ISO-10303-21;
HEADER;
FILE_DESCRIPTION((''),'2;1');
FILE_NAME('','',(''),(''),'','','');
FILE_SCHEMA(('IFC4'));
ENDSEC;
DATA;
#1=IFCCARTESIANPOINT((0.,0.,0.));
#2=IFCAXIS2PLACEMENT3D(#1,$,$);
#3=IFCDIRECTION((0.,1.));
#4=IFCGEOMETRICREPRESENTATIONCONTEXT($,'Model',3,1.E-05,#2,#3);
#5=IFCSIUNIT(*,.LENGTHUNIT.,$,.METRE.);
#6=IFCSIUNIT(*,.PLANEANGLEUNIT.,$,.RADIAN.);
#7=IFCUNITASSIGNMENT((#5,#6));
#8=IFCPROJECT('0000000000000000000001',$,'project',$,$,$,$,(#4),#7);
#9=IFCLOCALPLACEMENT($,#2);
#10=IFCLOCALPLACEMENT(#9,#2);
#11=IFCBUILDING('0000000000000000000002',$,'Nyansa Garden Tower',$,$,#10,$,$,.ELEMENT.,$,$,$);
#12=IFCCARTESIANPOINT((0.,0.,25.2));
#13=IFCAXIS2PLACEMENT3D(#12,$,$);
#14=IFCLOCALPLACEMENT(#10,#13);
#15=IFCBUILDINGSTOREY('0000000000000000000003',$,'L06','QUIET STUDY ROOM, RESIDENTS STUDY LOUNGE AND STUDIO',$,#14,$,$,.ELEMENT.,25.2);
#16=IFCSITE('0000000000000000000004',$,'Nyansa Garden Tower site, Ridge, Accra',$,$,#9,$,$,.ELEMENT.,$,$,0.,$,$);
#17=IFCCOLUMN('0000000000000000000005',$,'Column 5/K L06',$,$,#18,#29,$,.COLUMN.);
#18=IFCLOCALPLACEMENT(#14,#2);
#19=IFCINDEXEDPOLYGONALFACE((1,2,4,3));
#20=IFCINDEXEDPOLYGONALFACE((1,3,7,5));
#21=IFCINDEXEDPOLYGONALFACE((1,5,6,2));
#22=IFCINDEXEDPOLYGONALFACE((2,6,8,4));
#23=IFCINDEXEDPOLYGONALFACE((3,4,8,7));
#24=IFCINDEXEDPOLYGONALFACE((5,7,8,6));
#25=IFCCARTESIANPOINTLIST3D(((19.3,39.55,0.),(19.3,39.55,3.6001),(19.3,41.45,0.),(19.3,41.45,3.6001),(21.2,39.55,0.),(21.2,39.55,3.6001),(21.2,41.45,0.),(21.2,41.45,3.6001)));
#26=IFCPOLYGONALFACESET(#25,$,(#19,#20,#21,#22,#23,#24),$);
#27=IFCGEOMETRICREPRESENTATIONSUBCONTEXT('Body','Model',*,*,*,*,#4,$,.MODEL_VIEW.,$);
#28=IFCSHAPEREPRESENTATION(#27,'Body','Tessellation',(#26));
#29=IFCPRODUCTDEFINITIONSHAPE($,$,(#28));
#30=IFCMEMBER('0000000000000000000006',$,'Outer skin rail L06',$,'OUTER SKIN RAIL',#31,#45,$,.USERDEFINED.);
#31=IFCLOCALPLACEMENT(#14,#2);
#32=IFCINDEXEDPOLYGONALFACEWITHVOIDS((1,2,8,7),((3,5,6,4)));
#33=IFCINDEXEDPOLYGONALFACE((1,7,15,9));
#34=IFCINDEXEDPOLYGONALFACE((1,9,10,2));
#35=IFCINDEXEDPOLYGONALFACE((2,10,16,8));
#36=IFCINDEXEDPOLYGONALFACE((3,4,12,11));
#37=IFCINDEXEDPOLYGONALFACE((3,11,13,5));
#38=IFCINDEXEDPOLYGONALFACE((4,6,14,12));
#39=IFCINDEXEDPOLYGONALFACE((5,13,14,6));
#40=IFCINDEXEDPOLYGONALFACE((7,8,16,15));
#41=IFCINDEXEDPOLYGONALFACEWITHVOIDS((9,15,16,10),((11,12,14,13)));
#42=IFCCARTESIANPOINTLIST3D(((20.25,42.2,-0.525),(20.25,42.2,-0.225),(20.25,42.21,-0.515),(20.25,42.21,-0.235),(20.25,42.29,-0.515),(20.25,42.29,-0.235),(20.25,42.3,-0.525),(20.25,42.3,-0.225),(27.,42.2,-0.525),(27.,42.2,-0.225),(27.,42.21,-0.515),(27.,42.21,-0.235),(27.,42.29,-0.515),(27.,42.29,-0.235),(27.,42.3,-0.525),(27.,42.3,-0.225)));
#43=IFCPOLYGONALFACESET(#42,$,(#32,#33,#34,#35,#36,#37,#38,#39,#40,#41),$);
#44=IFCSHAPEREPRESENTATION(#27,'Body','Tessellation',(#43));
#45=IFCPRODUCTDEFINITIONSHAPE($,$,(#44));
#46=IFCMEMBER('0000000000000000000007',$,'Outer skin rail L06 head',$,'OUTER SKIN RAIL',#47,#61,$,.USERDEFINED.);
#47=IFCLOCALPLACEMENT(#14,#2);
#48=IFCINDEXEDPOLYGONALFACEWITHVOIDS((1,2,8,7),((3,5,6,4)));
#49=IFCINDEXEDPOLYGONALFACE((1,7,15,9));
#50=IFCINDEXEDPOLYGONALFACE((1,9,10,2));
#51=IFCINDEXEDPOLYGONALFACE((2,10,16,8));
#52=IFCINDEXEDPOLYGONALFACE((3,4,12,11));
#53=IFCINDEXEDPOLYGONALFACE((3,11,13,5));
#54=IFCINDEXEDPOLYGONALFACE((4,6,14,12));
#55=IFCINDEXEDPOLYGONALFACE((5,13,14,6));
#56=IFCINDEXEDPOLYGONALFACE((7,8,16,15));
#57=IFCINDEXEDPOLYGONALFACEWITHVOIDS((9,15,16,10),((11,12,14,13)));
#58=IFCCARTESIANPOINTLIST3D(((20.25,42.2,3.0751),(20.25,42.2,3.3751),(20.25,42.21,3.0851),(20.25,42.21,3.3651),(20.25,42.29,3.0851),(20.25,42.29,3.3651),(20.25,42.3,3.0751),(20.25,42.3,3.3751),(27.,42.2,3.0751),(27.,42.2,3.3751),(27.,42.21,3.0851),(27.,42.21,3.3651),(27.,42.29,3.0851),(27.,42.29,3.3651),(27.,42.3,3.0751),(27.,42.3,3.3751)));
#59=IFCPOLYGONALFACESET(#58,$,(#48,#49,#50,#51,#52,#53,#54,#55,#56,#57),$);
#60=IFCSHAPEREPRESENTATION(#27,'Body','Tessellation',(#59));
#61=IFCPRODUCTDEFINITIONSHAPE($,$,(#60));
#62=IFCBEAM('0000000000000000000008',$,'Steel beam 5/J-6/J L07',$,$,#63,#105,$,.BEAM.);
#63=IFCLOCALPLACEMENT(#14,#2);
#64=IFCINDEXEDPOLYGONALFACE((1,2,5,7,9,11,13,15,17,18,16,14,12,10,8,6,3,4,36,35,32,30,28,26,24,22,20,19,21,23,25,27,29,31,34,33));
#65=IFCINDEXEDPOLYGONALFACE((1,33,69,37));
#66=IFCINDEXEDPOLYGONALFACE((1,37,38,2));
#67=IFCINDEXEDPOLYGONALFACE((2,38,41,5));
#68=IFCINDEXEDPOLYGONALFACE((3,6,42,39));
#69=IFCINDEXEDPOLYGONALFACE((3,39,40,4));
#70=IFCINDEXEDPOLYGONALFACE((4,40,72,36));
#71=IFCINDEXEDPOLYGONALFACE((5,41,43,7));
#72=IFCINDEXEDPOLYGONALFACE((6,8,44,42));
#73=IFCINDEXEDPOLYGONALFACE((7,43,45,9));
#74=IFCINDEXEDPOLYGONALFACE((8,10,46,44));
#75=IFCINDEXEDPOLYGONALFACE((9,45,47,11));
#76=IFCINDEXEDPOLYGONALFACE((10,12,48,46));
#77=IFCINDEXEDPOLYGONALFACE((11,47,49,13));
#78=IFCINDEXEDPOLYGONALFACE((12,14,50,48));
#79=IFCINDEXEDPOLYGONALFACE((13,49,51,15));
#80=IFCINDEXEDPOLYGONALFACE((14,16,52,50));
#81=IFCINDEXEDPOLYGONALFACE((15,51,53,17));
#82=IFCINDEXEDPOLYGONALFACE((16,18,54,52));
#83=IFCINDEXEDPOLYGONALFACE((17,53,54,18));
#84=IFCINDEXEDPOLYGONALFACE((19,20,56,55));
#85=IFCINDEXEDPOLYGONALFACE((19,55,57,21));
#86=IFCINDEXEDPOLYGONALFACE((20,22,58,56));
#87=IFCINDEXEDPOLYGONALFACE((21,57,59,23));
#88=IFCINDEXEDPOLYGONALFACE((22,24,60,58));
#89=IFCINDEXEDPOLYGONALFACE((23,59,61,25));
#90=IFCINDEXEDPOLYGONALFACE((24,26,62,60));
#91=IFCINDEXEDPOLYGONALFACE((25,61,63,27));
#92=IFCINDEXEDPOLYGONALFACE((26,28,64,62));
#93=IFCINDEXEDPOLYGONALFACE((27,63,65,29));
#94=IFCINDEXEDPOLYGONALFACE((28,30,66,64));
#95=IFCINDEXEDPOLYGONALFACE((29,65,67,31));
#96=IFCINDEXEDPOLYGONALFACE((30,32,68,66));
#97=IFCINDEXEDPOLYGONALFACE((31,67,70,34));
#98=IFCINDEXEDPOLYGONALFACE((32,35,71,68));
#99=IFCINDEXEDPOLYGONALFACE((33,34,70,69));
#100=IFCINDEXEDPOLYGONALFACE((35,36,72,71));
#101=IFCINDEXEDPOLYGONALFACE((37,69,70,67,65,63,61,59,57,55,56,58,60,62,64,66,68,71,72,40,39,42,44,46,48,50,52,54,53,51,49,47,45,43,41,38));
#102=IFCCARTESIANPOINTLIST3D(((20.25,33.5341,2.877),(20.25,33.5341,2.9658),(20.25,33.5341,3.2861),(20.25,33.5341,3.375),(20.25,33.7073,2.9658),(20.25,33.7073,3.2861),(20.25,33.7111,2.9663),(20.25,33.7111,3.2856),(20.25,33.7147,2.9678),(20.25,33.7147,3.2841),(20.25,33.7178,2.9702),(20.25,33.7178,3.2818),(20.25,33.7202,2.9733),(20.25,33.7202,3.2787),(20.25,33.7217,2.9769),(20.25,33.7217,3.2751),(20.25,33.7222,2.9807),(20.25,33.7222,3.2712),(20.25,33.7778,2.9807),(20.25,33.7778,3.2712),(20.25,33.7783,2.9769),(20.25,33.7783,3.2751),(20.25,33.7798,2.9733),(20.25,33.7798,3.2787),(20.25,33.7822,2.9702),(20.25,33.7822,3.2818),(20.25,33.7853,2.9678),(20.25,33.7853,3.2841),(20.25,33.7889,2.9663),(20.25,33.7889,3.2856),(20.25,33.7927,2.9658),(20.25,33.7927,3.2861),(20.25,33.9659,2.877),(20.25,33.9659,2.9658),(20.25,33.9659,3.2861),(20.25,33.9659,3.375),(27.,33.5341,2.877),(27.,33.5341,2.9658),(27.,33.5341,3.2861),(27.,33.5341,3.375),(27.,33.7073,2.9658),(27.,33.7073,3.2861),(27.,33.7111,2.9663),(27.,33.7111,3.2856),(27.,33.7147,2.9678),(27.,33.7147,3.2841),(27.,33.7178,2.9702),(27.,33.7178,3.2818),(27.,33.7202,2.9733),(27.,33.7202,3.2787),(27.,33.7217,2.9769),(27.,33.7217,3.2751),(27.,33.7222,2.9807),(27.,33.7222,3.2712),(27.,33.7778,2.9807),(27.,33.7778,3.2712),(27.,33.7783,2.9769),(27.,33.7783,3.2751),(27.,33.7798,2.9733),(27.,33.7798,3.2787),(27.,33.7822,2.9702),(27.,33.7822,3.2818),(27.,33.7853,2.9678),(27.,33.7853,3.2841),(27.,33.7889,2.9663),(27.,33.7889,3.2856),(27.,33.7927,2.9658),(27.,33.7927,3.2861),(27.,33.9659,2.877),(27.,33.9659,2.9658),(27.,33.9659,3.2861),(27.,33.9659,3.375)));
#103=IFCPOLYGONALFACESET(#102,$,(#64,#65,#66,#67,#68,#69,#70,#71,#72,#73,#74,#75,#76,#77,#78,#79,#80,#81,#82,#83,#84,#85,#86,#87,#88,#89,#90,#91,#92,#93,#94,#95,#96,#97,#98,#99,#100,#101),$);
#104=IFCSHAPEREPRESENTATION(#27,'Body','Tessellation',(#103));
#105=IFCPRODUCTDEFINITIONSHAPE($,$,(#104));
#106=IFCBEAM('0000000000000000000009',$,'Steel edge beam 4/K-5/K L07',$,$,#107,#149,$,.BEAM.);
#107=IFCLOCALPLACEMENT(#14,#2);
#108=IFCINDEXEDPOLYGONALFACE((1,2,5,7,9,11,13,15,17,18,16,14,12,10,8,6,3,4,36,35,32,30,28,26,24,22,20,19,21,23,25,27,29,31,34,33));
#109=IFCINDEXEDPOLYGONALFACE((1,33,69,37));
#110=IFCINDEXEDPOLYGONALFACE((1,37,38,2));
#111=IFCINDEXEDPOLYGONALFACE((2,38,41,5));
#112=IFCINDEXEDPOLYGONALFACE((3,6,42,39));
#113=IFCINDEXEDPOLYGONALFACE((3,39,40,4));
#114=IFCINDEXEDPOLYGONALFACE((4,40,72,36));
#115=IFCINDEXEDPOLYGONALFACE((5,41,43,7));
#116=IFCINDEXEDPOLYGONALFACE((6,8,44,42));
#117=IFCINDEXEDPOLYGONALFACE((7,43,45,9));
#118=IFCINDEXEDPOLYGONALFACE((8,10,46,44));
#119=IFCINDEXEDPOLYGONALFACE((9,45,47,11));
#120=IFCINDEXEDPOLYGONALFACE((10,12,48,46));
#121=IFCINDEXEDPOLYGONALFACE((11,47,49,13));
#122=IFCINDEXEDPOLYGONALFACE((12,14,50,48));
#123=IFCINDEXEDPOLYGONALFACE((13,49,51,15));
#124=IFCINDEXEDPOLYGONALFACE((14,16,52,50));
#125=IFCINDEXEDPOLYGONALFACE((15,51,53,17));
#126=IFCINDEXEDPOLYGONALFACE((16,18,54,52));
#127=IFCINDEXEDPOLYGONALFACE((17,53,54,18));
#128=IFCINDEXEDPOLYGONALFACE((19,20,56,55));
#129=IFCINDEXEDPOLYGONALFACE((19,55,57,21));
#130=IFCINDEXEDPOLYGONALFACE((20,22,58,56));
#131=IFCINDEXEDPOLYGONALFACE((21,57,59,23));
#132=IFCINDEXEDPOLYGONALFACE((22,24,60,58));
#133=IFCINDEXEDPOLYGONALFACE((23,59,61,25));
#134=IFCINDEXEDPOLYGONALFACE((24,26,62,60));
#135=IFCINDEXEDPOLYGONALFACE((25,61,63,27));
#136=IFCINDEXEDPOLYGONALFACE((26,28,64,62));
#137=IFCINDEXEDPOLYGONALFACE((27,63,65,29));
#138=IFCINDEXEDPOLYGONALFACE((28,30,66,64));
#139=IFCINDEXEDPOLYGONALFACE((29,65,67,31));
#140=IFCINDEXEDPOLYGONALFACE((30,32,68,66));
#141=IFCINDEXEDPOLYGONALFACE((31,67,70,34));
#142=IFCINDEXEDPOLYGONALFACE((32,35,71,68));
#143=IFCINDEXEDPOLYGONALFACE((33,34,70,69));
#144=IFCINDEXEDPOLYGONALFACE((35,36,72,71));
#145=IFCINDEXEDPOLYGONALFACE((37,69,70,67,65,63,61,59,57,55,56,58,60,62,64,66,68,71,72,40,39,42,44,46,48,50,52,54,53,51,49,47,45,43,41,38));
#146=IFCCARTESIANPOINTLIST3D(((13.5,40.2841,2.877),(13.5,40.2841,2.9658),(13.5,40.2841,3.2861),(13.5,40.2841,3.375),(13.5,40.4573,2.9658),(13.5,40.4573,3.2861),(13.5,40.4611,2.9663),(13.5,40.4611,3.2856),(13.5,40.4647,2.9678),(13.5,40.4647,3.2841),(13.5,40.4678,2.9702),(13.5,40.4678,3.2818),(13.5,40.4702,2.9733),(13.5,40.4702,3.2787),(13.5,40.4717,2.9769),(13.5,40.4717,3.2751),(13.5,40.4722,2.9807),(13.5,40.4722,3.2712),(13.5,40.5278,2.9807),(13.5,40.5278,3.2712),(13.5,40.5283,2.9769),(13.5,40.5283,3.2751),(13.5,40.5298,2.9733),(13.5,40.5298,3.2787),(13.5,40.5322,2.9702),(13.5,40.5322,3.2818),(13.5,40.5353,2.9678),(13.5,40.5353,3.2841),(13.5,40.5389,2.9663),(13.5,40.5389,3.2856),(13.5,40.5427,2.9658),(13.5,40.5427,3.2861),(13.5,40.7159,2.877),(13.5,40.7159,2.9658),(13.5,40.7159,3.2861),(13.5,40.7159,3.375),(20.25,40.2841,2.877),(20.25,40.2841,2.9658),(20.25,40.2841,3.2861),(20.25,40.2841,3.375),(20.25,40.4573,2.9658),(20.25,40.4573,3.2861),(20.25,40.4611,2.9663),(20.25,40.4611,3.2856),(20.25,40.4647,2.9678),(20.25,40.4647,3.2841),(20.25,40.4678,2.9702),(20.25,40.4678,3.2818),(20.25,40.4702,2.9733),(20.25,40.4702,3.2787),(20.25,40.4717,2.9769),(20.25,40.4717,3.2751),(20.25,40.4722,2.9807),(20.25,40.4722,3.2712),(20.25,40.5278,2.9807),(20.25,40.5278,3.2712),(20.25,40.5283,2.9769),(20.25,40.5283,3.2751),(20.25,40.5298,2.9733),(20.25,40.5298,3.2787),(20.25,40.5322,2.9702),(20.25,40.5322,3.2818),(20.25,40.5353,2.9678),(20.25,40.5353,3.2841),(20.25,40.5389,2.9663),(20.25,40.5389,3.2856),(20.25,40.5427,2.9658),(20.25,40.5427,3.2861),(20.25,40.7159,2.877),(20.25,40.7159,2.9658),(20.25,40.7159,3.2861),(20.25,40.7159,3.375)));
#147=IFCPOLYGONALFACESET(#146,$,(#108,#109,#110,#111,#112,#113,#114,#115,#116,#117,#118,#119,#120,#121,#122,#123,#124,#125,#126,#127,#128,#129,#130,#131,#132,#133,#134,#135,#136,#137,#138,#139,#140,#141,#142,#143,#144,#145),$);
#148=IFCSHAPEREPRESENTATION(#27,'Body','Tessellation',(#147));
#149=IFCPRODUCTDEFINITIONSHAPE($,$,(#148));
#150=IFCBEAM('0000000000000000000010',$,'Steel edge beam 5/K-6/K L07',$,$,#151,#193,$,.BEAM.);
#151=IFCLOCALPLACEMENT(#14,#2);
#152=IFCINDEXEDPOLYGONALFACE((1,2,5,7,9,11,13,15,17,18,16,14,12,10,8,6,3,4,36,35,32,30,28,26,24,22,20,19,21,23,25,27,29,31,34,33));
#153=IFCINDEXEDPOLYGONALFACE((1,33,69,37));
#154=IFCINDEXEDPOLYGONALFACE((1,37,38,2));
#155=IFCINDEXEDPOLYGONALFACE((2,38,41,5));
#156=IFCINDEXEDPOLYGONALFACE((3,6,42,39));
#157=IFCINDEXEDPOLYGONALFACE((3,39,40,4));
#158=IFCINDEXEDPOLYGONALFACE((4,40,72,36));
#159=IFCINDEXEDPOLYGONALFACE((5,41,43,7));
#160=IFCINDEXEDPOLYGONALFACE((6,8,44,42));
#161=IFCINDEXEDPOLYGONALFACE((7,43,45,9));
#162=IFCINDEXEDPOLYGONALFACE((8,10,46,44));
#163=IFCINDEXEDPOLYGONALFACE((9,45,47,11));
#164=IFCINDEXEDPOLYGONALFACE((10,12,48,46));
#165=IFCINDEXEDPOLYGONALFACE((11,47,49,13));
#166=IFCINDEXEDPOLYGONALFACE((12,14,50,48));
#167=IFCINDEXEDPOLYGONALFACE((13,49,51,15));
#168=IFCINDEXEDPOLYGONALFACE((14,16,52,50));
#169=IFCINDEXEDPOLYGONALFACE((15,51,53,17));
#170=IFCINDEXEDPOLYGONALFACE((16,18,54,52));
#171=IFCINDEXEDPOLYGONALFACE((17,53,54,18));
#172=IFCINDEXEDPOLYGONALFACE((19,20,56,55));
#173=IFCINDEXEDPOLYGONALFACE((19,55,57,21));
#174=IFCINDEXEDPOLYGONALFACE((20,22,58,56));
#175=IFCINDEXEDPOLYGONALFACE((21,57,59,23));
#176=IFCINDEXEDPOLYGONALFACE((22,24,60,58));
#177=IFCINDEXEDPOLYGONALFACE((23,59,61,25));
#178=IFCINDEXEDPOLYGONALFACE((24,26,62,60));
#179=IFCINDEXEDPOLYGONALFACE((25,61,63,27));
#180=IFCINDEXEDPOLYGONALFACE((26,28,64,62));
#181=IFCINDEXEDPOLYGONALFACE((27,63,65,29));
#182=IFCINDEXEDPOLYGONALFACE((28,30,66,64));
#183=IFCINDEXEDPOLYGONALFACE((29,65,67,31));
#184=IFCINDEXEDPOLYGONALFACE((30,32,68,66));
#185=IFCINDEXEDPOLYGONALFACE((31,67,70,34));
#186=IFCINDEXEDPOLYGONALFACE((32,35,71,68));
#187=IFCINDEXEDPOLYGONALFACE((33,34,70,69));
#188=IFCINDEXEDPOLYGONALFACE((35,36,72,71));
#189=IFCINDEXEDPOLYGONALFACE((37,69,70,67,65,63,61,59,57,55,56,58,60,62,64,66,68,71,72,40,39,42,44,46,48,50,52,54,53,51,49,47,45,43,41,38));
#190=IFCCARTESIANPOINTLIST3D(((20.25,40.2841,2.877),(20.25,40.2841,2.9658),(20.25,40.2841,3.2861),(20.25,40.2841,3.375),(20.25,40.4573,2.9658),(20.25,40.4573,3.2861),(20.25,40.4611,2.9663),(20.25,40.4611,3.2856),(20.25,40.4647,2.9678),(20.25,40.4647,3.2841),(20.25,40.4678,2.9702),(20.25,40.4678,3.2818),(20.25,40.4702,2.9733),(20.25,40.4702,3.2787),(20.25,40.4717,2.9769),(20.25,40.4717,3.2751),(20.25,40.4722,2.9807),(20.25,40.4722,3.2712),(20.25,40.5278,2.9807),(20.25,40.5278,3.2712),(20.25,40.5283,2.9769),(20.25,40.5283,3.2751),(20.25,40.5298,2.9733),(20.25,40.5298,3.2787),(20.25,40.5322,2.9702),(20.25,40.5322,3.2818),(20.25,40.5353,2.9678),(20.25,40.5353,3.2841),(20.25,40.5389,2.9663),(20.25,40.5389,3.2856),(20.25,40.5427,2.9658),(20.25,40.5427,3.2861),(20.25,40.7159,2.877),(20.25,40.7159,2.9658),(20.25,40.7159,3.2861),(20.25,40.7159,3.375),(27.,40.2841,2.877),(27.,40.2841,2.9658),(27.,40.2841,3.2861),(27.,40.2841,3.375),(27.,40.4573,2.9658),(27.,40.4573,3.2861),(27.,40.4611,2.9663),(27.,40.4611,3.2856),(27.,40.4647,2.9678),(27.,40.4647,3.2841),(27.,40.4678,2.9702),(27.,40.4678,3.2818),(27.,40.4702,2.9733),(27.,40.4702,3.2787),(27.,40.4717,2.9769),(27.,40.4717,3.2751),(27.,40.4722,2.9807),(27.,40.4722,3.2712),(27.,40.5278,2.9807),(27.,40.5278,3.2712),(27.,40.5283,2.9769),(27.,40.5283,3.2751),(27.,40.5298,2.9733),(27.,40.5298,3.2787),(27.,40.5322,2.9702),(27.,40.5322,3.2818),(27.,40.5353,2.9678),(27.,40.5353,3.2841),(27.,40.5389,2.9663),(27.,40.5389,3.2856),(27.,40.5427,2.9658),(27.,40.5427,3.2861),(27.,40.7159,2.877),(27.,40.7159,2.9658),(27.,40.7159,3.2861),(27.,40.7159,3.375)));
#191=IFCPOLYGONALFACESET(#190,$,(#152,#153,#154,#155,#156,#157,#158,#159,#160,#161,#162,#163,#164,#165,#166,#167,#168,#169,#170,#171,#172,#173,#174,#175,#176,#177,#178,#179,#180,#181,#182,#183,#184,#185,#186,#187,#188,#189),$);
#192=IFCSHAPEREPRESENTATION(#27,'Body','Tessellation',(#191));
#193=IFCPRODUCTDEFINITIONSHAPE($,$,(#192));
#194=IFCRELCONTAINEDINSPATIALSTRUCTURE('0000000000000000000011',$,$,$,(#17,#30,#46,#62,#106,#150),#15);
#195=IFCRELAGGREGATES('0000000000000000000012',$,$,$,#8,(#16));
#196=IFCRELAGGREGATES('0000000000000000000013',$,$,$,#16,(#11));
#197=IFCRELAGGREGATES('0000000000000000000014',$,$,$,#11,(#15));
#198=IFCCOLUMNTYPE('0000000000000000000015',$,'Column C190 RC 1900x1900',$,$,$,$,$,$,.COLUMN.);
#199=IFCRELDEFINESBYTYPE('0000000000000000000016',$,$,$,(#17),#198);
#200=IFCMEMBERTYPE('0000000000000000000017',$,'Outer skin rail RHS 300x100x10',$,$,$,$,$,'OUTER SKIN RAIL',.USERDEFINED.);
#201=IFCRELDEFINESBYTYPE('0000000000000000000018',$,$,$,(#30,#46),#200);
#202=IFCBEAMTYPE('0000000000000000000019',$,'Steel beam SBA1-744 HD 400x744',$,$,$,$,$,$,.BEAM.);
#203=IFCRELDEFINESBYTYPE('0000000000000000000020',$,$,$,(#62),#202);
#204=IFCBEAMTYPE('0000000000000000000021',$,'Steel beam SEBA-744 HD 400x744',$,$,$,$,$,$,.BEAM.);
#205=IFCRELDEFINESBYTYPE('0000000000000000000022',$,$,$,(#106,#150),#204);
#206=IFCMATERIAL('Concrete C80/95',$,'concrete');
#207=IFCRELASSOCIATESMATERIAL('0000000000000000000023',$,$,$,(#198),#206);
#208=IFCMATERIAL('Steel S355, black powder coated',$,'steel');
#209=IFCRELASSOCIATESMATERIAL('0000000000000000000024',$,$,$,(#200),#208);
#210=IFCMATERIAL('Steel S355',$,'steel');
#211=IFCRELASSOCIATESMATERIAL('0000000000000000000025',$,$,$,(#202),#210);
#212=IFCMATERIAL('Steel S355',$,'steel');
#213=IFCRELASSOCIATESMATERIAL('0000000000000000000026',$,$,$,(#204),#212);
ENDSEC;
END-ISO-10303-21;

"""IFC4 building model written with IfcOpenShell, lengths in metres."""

from ifc_helpers import new_model, si_unit, direction, frame, origin, origin_2d, place, context, subcontext, project, spatial, rectangle, hollow_rectangle, i_section, extrude, material, material_profile, profile_set, type_object, element, save


model = new_model("IFC4")

# Units and contexts
model_context = context("Model", 3, precision=1e-05, world=origin(), true_north=direction((0.0, 1.0)))
body_context = subcontext(model_context, "Body", "Model", "MODEL_VIEW")
ifc_project = project(units=[si_unit("LENGTHUNIT", "METRE"), si_unit("PLANEANGLEUNIT", "RADIAN")], contexts=[model_context])

# Site, building, storey
site_placement = place(None, origin())
site = spatial("IfcSite", under=ifc_project, at=site_placement, Name="Nyansa Garden Tower site, Ridge, Accra", CompositionType="ELEMENT", RefElevation=0.0)
building_placement = place(site_placement, origin())
building = spatial("IfcBuilding", under=site, at=building_placement, Name="Nyansa Garden Tower", CompositionType="ELEMENT")
storey_placement = place(building_placement, frame((0.0, 0.0, 25.2)))
storey = spatial("IfcBuildingStorey", under=building, at=storey_placement, Name="L06", Description="QUIET STUDY ROOM, RESIDENTS STUDY LOUNGE AND STUDIO", CompositionType="ELEMENT", Elevation=25.2)

# Column
ifc_material_1 = material(Name="Concrete C80/95", Category="concrete")
ifc_material_profile_1 = material_profile(ifc_material_1, rectangle(XDim=1.8999, YDim=1.8999, at=origin_2d()), Name="RC 1900x1900")
ifc_profile_set_1 = profile_set([ifc_material_profile_1], Name="Concrete C80/95")
column_type = type_object("IfcColumnType", Name="Column C190 RC 1900x1900", PredefinedType="COLUMN", material=ifc_profile_set_1)
column_placement = place(storey_placement, frame((20.25, 40.5, 0.0), z_axis=(0.0, 0.0, 1.0), x_axis=(1.0, 0.0, 0.0)))
element("IfcColumn", 1, at=column_placement, inside=storey, type_object=column_type, Name="Column 5/K L06", PredefinedType="COLUMN", context=body_context, shape_type="SweptSolid", body=[
    extrude(rectangle(XDim=1.8999, YDim=1.8999, at=origin_2d()), origin(), (0.0, 0.0, 1.0), 3.6001),
])

# Members
ifc_material_2 = material(Name="Steel S355, black powder coated", Category="steel")
ifc_material_profile_2 = material_profile(ifc_material_2, hollow_rectangle(XDim=0.1001, YDim=0.3, WallThickness=0.01, at=origin_2d()), Name="RHS 300x100x10")
ifc_profile_set_2 = profile_set([ifc_material_profile_2], Name="Steel S355, black powder coated")
member_type = type_object("IfcMemberType", Name="Outer skin rail RHS 300x100x10", ElementType="OUTER SKIN RAIL", PredefinedType="USERDEFINED", material=ifc_profile_set_2)
for number, where, z_axis, x_axis, name in (
    (2, (20.25, 42.25, -0.375), (1.0, 0.0, 0.0), (0.0, 1.0, 0.0), "Outer skin rail L06"),
    (3, (20.25, 42.25, 3.2251), (1.0, 0.0, 0.0), (0.0, 1.0, 0.0), "Outer skin rail L06 head"),
):
    element("IfcMember", number, at=place(storey_placement, frame(where, z_axis=z_axis, x_axis=x_axis)), inside=storey, type_object=member_type, Name=name, ObjectType="OUTER SKIN RAIL", PredefinedType="USERDEFINED", context=body_context, shape_type="SweptSolid", body=[
        extrude(hollow_rectangle(XDim=0.1001, YDim=0.3, WallThickness=0.01, at=origin_2d()), origin(), (0.0, 0.0, 1.0), 6.75),
    ])

# Beams
ifc_material_3 = material(Name="Steel S355", Category="steel")
ifc_material_profile_3 = material_profile(ifc_material_3, i_section(OverallWidth=0.4319, OverallDepth=0.498, WebThickness=0.0557, FlangeThickness=0.0889, FilletRadius=0.0149, at=origin_2d()), Name="HD 400x744")
ifc_profile_set_3 = profile_set([ifc_material_profile_3], Name="Steel S355")
beam_type_1 = type_object("IfcBeamType", Name="Steel beam SBA1-744 HD 400x744", PredefinedType="BEAM", material=ifc_profile_set_3)
beam_placement = place(storey_placement, frame((20.25, 33.75, 3.126), z_axis=(1.0, 0.0, 0.0), x_axis=(0.0, 1.0, 0.0)))
element("IfcBeam", 4, at=beam_placement, inside=storey, type_object=beam_type_1, Name="Steel beam 5/J-6/J L07", PredefinedType="BEAM", context=body_context, shape_type="SweptSolid", body=[
    extrude(i_section(OverallWidth=0.4319, OverallDepth=0.498, WebThickness=0.0557, FlangeThickness=0.0889, FilletRadius=0.0149, at=origin_2d()), origin(), (0.0, 0.0, 1.0), 6.75),
])
ifc_material_4 = material(Name="Steel S355", Category="steel")
ifc_material_profile_4 = material_profile(ifc_material_4, i_section(OverallWidth=0.4319, OverallDepth=0.498, WebThickness=0.0557, FlangeThickness=0.0889, FilletRadius=0.0149, at=origin_2d()), Name="HD 400x744")
ifc_profile_set_4 = profile_set([ifc_material_profile_4], Name="Steel S355")
beam_type_2 = type_object("IfcBeamType", Name="Steel beam SEBA-744 HD 400x744", PredefinedType="BEAM", material=ifc_profile_set_4)
for number, where, z_axis, x_axis, name in (
    (5, (13.5, 40.5, 3.126), (1.0, 0.0, 0.0), (0.0, 1.0, 0.0), "Steel edge beam 4/K-5/K L07"),
    (6, (20.25, 40.5, 3.126), (1.0, 0.0, 0.0), (0.0, 1.0, 0.0), "Steel edge beam 5/K-6/K L07"),
):
    element("IfcBeam", number, at=place(storey_placement, frame(where, z_axis=z_axis, x_axis=x_axis)), inside=storey, type_object=beam_type_2, Name=name, PredefinedType="BEAM", context=body_context, shape_type="SweptSolid", body=[
        extrude(i_section(OverallWidth=0.4319, OverallDepth=0.498, WebThickness=0.0557, FlangeThickness=0.0889, FilletRadius=0.0149, at=origin_2d()), origin(), (0.0, 0.0, 1.0), 6.75),
    ])

save(model, "model.ifc")
